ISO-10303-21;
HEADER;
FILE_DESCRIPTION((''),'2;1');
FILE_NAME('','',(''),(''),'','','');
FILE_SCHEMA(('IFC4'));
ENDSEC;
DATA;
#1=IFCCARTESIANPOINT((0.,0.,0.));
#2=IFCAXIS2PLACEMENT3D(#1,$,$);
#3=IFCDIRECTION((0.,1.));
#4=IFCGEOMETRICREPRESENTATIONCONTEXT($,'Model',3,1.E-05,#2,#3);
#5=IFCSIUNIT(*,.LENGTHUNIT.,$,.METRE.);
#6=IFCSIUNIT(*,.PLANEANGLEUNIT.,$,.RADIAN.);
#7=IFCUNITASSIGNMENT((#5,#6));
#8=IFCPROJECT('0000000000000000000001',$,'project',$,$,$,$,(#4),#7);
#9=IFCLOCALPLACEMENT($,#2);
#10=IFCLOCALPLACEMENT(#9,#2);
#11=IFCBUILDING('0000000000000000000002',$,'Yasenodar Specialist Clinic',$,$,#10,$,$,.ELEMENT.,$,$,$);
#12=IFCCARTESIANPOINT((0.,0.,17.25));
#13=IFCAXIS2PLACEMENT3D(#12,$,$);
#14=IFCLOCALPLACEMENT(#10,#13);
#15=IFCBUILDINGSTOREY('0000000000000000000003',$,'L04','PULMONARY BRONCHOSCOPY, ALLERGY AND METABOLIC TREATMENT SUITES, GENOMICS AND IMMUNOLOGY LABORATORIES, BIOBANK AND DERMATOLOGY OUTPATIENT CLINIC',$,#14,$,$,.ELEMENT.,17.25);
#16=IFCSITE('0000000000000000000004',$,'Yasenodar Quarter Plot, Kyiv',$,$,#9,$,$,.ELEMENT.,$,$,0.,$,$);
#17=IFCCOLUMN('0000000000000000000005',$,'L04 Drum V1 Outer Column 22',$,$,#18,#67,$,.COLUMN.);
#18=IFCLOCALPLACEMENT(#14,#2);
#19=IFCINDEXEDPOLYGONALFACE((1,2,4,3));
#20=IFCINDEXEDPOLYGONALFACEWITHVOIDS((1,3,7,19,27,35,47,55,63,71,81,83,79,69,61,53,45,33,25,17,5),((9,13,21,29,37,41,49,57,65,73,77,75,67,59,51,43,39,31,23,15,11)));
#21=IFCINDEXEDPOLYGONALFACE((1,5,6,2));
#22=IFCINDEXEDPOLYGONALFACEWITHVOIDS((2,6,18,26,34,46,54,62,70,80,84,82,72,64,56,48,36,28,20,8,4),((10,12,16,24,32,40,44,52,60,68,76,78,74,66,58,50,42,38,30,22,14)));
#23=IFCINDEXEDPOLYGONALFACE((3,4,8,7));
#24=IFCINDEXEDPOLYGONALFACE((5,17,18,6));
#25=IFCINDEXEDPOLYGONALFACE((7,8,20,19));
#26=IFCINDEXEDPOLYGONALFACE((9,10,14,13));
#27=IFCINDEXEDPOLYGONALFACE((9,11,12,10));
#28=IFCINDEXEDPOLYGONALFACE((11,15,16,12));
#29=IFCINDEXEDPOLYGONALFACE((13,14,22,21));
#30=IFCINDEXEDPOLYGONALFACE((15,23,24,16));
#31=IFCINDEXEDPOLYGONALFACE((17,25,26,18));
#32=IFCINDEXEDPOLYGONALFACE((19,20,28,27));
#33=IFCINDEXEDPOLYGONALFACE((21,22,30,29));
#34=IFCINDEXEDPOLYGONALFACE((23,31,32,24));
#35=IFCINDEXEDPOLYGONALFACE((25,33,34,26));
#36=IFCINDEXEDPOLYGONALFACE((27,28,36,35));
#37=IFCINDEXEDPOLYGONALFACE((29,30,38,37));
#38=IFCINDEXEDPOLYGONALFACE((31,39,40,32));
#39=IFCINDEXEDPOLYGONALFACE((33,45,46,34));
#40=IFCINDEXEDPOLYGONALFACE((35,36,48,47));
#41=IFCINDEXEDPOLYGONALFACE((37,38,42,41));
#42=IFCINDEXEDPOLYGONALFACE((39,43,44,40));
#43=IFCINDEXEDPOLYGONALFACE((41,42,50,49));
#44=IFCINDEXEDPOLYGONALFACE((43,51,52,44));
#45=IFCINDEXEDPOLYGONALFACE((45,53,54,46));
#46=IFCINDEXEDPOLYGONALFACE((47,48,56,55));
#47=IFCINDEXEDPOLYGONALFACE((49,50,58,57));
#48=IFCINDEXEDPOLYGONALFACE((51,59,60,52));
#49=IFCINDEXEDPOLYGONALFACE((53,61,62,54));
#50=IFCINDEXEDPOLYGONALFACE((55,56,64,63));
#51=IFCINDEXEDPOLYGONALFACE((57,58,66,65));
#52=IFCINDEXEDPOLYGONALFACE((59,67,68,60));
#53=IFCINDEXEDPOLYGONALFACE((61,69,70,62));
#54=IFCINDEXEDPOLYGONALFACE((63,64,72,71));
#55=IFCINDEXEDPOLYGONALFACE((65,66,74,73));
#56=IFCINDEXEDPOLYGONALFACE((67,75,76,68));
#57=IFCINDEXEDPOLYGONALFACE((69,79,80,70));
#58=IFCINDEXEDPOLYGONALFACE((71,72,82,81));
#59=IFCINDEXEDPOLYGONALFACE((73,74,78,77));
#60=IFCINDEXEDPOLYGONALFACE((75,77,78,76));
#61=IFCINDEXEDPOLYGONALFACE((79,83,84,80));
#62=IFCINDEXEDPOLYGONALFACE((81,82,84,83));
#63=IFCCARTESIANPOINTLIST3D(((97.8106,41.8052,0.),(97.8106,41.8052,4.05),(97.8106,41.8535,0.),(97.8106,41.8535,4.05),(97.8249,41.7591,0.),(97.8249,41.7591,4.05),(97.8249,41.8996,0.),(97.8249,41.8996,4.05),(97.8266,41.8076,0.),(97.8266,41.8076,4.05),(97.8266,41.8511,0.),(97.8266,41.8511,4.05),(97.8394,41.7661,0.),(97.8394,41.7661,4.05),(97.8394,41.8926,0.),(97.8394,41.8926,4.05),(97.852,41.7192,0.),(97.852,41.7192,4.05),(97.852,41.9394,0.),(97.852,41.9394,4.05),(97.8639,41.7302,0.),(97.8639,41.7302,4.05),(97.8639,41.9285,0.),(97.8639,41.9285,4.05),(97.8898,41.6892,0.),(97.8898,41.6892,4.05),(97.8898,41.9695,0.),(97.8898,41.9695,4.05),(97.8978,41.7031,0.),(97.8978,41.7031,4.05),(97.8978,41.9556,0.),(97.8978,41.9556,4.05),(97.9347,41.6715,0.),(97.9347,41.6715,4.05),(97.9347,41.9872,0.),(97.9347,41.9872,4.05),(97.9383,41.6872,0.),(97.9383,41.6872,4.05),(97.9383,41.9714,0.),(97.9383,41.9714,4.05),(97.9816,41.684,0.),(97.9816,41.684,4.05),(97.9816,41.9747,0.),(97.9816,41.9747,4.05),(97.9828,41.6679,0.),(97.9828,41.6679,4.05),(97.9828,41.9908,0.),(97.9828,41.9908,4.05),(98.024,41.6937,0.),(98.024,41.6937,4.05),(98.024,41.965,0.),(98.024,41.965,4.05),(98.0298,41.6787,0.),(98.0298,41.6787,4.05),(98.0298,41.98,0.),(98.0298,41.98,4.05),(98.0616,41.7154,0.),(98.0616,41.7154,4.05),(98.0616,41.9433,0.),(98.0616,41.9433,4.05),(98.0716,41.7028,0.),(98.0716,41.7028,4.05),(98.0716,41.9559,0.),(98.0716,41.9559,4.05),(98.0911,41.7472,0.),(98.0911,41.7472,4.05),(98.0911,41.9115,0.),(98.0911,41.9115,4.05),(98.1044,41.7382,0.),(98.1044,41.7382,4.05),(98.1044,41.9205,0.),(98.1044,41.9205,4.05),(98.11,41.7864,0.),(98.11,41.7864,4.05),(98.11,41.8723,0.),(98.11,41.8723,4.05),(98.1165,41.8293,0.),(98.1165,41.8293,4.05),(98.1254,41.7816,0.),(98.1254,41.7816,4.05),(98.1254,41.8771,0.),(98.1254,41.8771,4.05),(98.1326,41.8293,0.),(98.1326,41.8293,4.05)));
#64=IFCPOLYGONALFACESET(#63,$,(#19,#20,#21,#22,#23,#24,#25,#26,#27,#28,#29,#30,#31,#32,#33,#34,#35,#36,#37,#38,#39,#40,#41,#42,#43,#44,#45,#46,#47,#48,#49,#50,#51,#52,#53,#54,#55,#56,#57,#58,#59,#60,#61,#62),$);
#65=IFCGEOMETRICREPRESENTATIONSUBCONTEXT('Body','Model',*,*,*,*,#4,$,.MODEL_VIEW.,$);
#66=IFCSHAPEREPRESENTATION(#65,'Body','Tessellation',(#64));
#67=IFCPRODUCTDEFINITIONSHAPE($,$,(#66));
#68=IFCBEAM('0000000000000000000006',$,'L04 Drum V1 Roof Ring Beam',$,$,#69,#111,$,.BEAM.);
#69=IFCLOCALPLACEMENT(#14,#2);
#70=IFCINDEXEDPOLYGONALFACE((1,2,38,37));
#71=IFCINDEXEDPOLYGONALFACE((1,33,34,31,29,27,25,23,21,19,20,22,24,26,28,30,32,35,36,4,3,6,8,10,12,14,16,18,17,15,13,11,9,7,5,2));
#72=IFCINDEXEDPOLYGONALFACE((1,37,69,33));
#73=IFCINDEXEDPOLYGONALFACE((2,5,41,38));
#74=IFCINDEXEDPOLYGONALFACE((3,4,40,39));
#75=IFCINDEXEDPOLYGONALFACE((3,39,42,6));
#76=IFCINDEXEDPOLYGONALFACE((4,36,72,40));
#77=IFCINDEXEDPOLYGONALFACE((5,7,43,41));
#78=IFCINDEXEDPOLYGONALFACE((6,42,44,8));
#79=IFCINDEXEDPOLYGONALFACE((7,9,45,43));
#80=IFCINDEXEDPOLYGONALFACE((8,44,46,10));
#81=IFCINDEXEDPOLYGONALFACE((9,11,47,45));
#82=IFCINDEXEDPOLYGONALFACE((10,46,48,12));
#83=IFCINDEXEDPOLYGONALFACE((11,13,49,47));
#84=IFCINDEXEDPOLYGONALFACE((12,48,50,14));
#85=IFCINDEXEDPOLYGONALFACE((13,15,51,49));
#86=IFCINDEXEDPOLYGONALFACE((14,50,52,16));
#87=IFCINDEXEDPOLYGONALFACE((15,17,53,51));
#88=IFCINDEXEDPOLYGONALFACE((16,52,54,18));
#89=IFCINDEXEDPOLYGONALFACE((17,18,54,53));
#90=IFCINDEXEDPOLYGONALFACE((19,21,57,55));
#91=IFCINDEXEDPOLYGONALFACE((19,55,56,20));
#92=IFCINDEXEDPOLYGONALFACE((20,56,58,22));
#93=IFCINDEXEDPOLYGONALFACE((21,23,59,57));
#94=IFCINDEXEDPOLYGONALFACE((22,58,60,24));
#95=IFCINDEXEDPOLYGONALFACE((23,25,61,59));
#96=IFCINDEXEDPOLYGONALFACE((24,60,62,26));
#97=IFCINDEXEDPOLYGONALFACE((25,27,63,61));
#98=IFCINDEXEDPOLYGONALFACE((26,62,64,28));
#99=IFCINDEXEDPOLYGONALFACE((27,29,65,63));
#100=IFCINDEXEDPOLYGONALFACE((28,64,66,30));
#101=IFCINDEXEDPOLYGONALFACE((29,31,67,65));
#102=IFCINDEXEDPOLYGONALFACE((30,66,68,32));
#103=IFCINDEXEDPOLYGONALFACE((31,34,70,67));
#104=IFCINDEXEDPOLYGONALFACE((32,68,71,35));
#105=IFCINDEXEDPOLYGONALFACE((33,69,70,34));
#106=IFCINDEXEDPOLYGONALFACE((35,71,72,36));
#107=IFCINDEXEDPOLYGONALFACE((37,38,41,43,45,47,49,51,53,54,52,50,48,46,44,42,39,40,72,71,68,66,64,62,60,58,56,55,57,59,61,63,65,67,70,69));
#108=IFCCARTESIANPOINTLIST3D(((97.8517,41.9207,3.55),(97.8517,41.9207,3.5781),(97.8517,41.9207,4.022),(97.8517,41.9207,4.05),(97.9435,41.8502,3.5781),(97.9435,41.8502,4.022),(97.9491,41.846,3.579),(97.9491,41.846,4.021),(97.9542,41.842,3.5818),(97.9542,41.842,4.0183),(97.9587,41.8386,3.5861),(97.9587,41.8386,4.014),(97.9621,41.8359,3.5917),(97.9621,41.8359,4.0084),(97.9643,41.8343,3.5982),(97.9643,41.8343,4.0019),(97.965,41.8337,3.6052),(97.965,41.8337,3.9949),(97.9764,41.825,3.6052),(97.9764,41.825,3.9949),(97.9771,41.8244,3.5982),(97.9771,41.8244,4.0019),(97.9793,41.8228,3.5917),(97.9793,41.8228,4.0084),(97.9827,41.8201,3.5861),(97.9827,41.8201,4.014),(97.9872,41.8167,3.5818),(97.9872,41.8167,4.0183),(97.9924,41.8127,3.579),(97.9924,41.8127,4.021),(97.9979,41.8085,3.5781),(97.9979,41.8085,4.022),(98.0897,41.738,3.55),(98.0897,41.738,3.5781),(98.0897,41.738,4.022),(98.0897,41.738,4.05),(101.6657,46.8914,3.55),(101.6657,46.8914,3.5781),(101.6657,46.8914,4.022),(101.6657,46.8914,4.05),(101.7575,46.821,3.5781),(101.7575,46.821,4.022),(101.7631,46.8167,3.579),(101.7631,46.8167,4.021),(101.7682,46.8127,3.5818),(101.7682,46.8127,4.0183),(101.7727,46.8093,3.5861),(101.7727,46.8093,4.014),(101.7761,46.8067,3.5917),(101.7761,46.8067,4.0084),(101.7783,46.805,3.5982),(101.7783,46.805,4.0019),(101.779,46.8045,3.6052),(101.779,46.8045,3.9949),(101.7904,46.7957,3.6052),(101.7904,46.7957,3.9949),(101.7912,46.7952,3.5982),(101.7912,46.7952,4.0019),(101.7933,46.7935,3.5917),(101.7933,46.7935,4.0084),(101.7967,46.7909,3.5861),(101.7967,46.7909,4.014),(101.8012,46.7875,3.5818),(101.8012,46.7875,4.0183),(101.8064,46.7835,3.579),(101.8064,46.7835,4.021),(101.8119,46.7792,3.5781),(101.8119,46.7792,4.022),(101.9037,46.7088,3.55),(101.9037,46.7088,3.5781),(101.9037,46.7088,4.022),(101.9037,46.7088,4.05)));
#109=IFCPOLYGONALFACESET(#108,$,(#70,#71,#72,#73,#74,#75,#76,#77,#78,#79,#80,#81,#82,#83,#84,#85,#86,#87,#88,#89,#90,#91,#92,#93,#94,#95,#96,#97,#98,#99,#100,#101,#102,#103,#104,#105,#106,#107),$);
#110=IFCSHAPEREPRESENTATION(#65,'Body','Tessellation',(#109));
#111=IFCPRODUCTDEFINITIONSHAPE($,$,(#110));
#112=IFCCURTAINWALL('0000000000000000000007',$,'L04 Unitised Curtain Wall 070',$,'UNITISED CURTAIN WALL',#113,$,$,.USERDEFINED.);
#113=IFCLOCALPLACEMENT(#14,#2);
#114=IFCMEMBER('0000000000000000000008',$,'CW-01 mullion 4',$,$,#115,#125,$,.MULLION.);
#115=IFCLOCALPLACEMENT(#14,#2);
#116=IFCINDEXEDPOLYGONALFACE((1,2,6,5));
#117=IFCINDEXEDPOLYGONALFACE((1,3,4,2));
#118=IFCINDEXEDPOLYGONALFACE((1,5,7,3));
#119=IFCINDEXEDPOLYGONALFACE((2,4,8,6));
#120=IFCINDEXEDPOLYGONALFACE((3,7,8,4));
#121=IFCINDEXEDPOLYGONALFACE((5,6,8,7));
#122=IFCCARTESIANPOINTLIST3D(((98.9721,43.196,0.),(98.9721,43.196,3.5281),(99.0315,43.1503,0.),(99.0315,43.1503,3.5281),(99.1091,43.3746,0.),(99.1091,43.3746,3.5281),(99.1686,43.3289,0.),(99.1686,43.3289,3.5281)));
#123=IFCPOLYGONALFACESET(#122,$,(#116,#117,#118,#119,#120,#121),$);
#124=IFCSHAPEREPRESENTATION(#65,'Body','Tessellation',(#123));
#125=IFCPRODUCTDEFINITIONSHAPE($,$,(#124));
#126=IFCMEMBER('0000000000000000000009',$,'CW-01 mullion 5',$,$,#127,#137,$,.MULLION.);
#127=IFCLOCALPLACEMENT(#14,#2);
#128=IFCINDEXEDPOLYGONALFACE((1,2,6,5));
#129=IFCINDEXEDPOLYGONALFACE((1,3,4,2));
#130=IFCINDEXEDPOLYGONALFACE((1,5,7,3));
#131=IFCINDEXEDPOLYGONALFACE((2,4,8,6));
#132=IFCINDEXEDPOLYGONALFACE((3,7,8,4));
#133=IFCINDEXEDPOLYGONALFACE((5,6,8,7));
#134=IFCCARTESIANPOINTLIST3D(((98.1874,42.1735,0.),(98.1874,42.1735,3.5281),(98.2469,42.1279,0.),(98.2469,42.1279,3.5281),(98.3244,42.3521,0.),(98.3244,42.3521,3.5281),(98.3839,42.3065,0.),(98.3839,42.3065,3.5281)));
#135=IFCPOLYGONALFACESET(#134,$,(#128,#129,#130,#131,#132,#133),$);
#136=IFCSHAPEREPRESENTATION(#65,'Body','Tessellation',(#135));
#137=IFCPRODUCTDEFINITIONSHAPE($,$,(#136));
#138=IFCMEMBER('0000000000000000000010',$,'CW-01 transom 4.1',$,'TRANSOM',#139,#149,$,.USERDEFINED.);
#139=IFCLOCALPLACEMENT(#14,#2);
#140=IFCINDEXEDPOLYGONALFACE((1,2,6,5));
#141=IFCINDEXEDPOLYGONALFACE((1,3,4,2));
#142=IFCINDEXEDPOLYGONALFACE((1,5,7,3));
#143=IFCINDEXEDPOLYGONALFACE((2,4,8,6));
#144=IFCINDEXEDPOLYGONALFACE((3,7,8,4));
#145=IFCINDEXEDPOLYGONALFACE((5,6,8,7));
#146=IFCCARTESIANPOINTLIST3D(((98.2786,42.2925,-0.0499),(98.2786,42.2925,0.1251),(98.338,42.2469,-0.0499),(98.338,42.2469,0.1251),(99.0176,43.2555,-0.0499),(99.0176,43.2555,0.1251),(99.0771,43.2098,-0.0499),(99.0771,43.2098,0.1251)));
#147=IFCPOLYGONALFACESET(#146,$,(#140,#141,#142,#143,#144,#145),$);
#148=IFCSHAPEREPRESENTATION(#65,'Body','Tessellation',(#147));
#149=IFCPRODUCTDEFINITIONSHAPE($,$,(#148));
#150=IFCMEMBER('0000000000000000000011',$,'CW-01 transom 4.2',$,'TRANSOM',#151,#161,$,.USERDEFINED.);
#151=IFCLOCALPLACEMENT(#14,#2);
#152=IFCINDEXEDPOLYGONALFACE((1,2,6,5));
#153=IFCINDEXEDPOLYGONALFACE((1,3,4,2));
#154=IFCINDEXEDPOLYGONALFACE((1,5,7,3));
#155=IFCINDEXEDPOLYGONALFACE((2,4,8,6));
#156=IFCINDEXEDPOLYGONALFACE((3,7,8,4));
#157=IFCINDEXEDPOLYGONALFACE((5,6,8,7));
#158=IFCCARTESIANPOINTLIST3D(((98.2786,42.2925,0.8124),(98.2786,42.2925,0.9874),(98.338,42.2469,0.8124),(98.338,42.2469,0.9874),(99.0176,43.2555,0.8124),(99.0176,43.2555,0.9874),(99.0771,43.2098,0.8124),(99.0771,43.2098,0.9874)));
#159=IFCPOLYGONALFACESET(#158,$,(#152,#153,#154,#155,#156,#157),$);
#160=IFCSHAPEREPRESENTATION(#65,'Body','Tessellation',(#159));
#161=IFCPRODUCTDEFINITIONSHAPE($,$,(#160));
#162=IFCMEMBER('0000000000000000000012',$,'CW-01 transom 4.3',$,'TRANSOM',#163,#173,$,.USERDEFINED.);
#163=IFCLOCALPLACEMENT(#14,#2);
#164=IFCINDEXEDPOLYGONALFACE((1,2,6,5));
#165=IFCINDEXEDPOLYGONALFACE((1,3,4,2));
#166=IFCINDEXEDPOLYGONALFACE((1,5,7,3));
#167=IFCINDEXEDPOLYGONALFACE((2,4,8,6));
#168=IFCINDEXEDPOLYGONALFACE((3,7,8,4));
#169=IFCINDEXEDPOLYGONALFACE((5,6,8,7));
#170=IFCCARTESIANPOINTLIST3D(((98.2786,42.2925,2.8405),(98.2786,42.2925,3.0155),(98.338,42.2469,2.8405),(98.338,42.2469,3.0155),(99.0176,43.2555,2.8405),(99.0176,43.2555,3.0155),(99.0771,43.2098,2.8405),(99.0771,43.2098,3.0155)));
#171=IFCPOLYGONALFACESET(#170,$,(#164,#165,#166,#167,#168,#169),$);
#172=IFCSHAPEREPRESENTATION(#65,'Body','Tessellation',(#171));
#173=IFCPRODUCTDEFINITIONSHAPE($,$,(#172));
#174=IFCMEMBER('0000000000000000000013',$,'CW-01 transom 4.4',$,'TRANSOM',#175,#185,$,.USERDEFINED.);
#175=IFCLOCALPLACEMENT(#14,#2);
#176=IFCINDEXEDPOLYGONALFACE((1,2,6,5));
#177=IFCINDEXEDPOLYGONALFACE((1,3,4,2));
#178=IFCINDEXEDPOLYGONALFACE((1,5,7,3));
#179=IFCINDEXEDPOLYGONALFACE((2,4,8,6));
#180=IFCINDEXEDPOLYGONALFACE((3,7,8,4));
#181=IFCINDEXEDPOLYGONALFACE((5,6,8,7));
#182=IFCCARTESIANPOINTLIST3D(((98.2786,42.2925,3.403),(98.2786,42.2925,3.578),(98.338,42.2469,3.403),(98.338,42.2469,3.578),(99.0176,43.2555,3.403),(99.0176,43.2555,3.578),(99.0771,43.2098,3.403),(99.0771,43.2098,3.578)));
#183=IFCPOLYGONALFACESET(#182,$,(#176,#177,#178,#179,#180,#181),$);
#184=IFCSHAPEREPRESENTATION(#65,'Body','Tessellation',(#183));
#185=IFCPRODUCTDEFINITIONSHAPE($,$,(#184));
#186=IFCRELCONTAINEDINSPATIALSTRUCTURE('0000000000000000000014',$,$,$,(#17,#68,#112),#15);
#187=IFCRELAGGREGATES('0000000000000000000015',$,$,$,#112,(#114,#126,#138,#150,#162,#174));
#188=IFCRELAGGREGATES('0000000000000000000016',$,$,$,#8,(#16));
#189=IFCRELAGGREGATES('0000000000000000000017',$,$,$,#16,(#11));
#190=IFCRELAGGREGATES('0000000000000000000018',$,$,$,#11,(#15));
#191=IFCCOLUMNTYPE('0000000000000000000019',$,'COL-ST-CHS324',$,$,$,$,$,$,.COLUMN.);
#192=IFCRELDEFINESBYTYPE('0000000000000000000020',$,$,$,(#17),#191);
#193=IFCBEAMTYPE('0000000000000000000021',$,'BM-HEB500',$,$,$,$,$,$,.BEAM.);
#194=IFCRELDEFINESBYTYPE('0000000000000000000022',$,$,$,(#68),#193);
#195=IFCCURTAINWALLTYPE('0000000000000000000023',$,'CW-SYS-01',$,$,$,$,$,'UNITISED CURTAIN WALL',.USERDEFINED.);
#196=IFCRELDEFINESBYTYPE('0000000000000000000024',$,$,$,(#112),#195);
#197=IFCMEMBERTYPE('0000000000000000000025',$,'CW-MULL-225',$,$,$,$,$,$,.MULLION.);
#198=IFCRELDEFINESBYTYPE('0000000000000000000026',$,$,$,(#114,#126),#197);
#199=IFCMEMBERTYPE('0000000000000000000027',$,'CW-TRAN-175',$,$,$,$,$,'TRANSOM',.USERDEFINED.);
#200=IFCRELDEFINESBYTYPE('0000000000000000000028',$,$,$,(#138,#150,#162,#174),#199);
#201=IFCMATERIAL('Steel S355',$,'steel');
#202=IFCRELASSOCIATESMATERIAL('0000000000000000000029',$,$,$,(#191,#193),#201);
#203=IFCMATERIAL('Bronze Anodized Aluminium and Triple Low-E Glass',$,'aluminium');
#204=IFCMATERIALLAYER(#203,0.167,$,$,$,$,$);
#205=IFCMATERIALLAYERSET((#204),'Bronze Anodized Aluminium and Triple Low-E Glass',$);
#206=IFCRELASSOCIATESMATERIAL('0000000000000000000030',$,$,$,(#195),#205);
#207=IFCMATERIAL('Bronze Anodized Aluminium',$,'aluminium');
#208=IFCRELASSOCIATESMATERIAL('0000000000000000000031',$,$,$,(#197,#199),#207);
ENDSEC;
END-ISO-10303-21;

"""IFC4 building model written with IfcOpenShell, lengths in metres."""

from ifc_helpers import new_model, si_unit, direction, frame, origin, origin_2d, place, context, subcontext, project, spatial, rectangle, hollow_circle, i_section, extrude, material, layer, layer_set, material_profile, profile_set, type_object, element, aggregate, save


model = new_model("IFC4")

# Units and contexts
model_context = context("Model", 3, precision=1e-05, world=origin(), true_north=direction((0.0, 1.0)))
body_context = subcontext(model_context, "Body", "Model", "MODEL_VIEW")
ifc_project = project(units=[si_unit("LENGTHUNIT", "METRE"), si_unit("PLANEANGLEUNIT", "RADIAN")], contexts=[model_context])

# Site, building, storey
site_placement = place(None, origin())
site = spatial("IfcSite", under=ifc_project, at=site_placement, Name="Yasenodar Quarter Plot, Kyiv", CompositionType="ELEMENT", RefElevation=0.0)
building_placement = place(site_placement, origin())
building = spatial("IfcBuilding", under=site, at=building_placement, Name="Yasenodar Specialist Clinic", CompositionType="ELEMENT")
storey_placement = place(building_placement, frame((0.0, 0.0, 17.25)))
storey = spatial("IfcBuildingStorey", under=building, at=storey_placement, Name="L04", Description="PULMONARY BRONCHOSCOPY, ALLERGY AND METABOLIC TREATMENT SUITES, GENOMICS AND IMMUNOLOGY LABORATORIES, BIOBANK AND DERMATOLOGY OUTPATIENT CLINIC", CompositionType="ELEMENT", Elevation=17.25)

# Column
ifc_material_1 = material(Name="Steel S355", Category="steel")
ifc_material_profile_1 = material_profile(ifc_material_1, hollow_circle(Radius=0.1619, WallThickness=0.0161, at=origin_2d()), Name="CHS 323.9x16")
ifc_profile_set_1 = profile_set([ifc_material_profile_1], Name="Steel S355")
column_type = type_object("IfcColumnType", Name="COL-ST-CHS324", PredefinedType="COLUMN", material=ifc_profile_set_1)
column_placement = place(storey_placement, frame((97.9707, 41.8293, 0.0), z_axis=(0.0, 0.0, 1.0), x_axis=(1.0, 0.0, 0.0)))
element("IfcColumn", 1, at=column_placement, inside=storey, type_object=column_type, Name="L04 Drum V1 Outer Column 22", PredefinedType="COLUMN", context=body_context, shape_type="SweptSolid", body=[
    extrude(hollow_circle(Radius=0.1619, WallThickness=0.0161, at=origin_2d()), origin(), (0.0, 0.0, 1.0), 4.05),
])

# Beam
ifc_material_profile_2 = material_profile(ifc_material_1, i_section(OverallWidth=0.3, OverallDepth=0.5, WebThickness=0.0144, FlangeThickness=0.0281, FilletRadius=0.0271, at=origin_2d()), Name="HEB 500")
ifc_profile_set_2 = profile_set([ifc_material_profile_2], Name="Steel S355")
beam_type = type_object("IfcBeamType", Name="BM-HEB500", PredefinedType="BEAM", material=ifc_profile_set_2)
beam_placement = place(storey_placement, frame((97.9707, 41.8293, 3.8), z_axis=(0.608742, 0.793368, 0.0), x_axis=(-0.793368, 0.608742, 0.0)))
element("IfcBeam", 2, at=beam_placement, inside=storey, type_object=beam_type, Name="L04 Drum V1 Roof Ring Beam", PredefinedType="BEAM", context=body_context, shape_type="SweptSolid", body=[
    extrude(i_section(OverallWidth=0.3, OverallDepth=0.5, WebThickness=0.0144, FlangeThickness=0.0281, FilletRadius=0.0271, at=origin_2d()), origin(), (0.0, 0.0, 1.0), 6.2654),
])

# Curtain wall, members
ifc_material_2 = material(Name="Bronze Anodized Aluminium and Triple Low-E Glass", Category="aluminium")
ifc_layer_1 = layer(ifc_material_2, 0.167)
ifc_layer_set_1 = layer_set([ifc_layer_1], Name="Bronze Anodized Aluminium and Triple Low-E Glass")
curtain_wall_type = type_object("IfcCurtainWallType", Name="CW-SYS-01", ElementType="UNITISED CURTAIN WALL", PredefinedType="USERDEFINED", material=ifc_layer_set_1)
curtain_wall_placement = place(storey_placement, origin())
curtain_wall = element("IfcCurtainWall", 3, at=curtain_wall_placement, inside=storey, type_object=curtain_wall_type, Name="L04 Unitised Curtain Wall 070", ObjectType="UNITISED CURTAIN WALL", PredefinedType="USERDEFINED")
ifc_material_3 = material(Name="Bronze Anodized Aluminium", Category="aluminium")
ifc_material_profile_3 = material_profile(ifc_material_3, rectangle(XDim=0.075, YDim=0.2251, at=origin_2d()), Name="CW-MULL 75x225")
ifc_profile_set_3 = profile_set([ifc_material_profile_3], Name="Bronze Anodized Aluminium")
member_type_1 = type_object("IfcMemberType", Name="CW-MULL-225", PredefinedType="MULLION", material=ifc_profile_set_3)
member_1_placement = place(storey_placement, frame((99.0703, 43.2625, 0.0), z_axis=(0.0, 0.0, 1.0), x_axis=(0.793361, -0.608752, 0.0)))
member_1 = element("IfcMember", 4, at=member_1_placement, type_object=member_type_1, Name="CW-01 mullion 4", PredefinedType="MULLION", context=body_context, shape_type="SweptSolid", body=[
    extrude(rectangle(XDim=0.075, YDim=0.2251, at=origin_2d()), origin(), (0.0, 0.0, 1.0), 3.5281),
])
member_2_placement = place(storey_placement, frame((98.2856, 42.24, 0.0), z_axis=(0.0, 0.0, 1.0), x_axis=(0.793361, -0.608752, 0.0)))
member_2 = element("IfcMember", 5, at=member_2_placement, type_object=member_type_1, Name="CW-01 mullion 5", PredefinedType="MULLION", context=body_context, shape_type="SweptSolid", body=[
    extrude(rectangle(XDim=0.075, YDim=0.2251, at=origin_2d()), origin(), (0.0, 0.0, 1.0), 3.5281),
])
ifc_material_profile_4 = material_profile(ifc_material_3, rectangle(XDim=0.075, YDim=0.175, at=origin_2d()), Name="CW-TRAN 75x175")
ifc_profile_set_4 = profile_set([ifc_material_profile_4], Name="Bronze Anodized Aluminium")
member_type_2 = type_object("IfcMemberType", Name="CW-TRAN-175", ElementType="TRANSOM", PredefinedType="USERDEFINED", material=ifc_profile_set_4)
member_3_placement = place(storey_placement, frame((99.0474, 43.2327, 0.0376), z_axis=(-0.608845, -0.793289, 0.0), x_axis=(0.793289, -0.608845, 0.0)))
member_3 = element("IfcMember", 6, at=member_3_placement, type_object=member_type_2, Name="CW-01 transom 4.1", ObjectType="TRANSOM", PredefinedType="USERDEFINED", context=body_context, shape_type="SweptSolid", body=[
    extrude(rectangle(XDim=0.075, YDim=0.175, at=origin_2d()), origin(), (0.0, 0.0, 1.0), 1.2139),
])
member_4_placement = place(storey_placement, frame((99.0474, 43.2327, 0.8999), z_axis=(-0.608845, -0.793289, 0.0), x_axis=(0.793289, -0.608845, 0.0)))
member_4 = element("IfcMember", 7, at=member_4_placement, type_object=member_type_2, Name="CW-01 transom 4.2", ObjectType="TRANSOM", PredefinedType="USERDEFINED", context=body_context, shape_type="SweptSolid", body=[
    extrude(rectangle(XDim=0.075, YDim=0.175, at=origin_2d()), origin(), (0.0, 0.0, 1.0), 1.2139),
])
member_5_placement = place(storey_placement, frame((99.0474, 43.2327, 2.928), z_axis=(-0.608845, -0.793289, 0.0), x_axis=(0.793289, -0.608845, 0.0)))
member_5 = element("IfcMember", 8, at=member_5_placement, type_object=member_type_2, Name="CW-01 transom 4.3", ObjectType="TRANSOM", PredefinedType="USERDEFINED", context=body_context, shape_type="SweptSolid", body=[
    extrude(rectangle(XDim=0.075, YDim=0.175, at=origin_2d()), origin(), (0.0, 0.0, 1.0), 1.2139),
])
member_6_placement = place(storey_placement, frame((99.0474, 43.2327, 3.4905), z_axis=(-0.608845, -0.793289, 0.0), x_axis=(0.793289, -0.608845, 0.0)))
member_6 = element("IfcMember", 9, at=member_6_placement, type_object=member_type_2, Name="CW-01 transom 4.4", ObjectType="TRANSOM", PredefinedType="USERDEFINED", context=body_context, shape_type="SweptSolid", body=[
    extrude(rectangle(XDim=0.075, YDim=0.175, at=origin_2d()), origin(), (0.0, 0.0, 1.0), 1.2139),
])
aggregate(curtain_wall, [member_1, member_2, member_3, member_4, member_5, member_6])

save(model, "model.ifc")
